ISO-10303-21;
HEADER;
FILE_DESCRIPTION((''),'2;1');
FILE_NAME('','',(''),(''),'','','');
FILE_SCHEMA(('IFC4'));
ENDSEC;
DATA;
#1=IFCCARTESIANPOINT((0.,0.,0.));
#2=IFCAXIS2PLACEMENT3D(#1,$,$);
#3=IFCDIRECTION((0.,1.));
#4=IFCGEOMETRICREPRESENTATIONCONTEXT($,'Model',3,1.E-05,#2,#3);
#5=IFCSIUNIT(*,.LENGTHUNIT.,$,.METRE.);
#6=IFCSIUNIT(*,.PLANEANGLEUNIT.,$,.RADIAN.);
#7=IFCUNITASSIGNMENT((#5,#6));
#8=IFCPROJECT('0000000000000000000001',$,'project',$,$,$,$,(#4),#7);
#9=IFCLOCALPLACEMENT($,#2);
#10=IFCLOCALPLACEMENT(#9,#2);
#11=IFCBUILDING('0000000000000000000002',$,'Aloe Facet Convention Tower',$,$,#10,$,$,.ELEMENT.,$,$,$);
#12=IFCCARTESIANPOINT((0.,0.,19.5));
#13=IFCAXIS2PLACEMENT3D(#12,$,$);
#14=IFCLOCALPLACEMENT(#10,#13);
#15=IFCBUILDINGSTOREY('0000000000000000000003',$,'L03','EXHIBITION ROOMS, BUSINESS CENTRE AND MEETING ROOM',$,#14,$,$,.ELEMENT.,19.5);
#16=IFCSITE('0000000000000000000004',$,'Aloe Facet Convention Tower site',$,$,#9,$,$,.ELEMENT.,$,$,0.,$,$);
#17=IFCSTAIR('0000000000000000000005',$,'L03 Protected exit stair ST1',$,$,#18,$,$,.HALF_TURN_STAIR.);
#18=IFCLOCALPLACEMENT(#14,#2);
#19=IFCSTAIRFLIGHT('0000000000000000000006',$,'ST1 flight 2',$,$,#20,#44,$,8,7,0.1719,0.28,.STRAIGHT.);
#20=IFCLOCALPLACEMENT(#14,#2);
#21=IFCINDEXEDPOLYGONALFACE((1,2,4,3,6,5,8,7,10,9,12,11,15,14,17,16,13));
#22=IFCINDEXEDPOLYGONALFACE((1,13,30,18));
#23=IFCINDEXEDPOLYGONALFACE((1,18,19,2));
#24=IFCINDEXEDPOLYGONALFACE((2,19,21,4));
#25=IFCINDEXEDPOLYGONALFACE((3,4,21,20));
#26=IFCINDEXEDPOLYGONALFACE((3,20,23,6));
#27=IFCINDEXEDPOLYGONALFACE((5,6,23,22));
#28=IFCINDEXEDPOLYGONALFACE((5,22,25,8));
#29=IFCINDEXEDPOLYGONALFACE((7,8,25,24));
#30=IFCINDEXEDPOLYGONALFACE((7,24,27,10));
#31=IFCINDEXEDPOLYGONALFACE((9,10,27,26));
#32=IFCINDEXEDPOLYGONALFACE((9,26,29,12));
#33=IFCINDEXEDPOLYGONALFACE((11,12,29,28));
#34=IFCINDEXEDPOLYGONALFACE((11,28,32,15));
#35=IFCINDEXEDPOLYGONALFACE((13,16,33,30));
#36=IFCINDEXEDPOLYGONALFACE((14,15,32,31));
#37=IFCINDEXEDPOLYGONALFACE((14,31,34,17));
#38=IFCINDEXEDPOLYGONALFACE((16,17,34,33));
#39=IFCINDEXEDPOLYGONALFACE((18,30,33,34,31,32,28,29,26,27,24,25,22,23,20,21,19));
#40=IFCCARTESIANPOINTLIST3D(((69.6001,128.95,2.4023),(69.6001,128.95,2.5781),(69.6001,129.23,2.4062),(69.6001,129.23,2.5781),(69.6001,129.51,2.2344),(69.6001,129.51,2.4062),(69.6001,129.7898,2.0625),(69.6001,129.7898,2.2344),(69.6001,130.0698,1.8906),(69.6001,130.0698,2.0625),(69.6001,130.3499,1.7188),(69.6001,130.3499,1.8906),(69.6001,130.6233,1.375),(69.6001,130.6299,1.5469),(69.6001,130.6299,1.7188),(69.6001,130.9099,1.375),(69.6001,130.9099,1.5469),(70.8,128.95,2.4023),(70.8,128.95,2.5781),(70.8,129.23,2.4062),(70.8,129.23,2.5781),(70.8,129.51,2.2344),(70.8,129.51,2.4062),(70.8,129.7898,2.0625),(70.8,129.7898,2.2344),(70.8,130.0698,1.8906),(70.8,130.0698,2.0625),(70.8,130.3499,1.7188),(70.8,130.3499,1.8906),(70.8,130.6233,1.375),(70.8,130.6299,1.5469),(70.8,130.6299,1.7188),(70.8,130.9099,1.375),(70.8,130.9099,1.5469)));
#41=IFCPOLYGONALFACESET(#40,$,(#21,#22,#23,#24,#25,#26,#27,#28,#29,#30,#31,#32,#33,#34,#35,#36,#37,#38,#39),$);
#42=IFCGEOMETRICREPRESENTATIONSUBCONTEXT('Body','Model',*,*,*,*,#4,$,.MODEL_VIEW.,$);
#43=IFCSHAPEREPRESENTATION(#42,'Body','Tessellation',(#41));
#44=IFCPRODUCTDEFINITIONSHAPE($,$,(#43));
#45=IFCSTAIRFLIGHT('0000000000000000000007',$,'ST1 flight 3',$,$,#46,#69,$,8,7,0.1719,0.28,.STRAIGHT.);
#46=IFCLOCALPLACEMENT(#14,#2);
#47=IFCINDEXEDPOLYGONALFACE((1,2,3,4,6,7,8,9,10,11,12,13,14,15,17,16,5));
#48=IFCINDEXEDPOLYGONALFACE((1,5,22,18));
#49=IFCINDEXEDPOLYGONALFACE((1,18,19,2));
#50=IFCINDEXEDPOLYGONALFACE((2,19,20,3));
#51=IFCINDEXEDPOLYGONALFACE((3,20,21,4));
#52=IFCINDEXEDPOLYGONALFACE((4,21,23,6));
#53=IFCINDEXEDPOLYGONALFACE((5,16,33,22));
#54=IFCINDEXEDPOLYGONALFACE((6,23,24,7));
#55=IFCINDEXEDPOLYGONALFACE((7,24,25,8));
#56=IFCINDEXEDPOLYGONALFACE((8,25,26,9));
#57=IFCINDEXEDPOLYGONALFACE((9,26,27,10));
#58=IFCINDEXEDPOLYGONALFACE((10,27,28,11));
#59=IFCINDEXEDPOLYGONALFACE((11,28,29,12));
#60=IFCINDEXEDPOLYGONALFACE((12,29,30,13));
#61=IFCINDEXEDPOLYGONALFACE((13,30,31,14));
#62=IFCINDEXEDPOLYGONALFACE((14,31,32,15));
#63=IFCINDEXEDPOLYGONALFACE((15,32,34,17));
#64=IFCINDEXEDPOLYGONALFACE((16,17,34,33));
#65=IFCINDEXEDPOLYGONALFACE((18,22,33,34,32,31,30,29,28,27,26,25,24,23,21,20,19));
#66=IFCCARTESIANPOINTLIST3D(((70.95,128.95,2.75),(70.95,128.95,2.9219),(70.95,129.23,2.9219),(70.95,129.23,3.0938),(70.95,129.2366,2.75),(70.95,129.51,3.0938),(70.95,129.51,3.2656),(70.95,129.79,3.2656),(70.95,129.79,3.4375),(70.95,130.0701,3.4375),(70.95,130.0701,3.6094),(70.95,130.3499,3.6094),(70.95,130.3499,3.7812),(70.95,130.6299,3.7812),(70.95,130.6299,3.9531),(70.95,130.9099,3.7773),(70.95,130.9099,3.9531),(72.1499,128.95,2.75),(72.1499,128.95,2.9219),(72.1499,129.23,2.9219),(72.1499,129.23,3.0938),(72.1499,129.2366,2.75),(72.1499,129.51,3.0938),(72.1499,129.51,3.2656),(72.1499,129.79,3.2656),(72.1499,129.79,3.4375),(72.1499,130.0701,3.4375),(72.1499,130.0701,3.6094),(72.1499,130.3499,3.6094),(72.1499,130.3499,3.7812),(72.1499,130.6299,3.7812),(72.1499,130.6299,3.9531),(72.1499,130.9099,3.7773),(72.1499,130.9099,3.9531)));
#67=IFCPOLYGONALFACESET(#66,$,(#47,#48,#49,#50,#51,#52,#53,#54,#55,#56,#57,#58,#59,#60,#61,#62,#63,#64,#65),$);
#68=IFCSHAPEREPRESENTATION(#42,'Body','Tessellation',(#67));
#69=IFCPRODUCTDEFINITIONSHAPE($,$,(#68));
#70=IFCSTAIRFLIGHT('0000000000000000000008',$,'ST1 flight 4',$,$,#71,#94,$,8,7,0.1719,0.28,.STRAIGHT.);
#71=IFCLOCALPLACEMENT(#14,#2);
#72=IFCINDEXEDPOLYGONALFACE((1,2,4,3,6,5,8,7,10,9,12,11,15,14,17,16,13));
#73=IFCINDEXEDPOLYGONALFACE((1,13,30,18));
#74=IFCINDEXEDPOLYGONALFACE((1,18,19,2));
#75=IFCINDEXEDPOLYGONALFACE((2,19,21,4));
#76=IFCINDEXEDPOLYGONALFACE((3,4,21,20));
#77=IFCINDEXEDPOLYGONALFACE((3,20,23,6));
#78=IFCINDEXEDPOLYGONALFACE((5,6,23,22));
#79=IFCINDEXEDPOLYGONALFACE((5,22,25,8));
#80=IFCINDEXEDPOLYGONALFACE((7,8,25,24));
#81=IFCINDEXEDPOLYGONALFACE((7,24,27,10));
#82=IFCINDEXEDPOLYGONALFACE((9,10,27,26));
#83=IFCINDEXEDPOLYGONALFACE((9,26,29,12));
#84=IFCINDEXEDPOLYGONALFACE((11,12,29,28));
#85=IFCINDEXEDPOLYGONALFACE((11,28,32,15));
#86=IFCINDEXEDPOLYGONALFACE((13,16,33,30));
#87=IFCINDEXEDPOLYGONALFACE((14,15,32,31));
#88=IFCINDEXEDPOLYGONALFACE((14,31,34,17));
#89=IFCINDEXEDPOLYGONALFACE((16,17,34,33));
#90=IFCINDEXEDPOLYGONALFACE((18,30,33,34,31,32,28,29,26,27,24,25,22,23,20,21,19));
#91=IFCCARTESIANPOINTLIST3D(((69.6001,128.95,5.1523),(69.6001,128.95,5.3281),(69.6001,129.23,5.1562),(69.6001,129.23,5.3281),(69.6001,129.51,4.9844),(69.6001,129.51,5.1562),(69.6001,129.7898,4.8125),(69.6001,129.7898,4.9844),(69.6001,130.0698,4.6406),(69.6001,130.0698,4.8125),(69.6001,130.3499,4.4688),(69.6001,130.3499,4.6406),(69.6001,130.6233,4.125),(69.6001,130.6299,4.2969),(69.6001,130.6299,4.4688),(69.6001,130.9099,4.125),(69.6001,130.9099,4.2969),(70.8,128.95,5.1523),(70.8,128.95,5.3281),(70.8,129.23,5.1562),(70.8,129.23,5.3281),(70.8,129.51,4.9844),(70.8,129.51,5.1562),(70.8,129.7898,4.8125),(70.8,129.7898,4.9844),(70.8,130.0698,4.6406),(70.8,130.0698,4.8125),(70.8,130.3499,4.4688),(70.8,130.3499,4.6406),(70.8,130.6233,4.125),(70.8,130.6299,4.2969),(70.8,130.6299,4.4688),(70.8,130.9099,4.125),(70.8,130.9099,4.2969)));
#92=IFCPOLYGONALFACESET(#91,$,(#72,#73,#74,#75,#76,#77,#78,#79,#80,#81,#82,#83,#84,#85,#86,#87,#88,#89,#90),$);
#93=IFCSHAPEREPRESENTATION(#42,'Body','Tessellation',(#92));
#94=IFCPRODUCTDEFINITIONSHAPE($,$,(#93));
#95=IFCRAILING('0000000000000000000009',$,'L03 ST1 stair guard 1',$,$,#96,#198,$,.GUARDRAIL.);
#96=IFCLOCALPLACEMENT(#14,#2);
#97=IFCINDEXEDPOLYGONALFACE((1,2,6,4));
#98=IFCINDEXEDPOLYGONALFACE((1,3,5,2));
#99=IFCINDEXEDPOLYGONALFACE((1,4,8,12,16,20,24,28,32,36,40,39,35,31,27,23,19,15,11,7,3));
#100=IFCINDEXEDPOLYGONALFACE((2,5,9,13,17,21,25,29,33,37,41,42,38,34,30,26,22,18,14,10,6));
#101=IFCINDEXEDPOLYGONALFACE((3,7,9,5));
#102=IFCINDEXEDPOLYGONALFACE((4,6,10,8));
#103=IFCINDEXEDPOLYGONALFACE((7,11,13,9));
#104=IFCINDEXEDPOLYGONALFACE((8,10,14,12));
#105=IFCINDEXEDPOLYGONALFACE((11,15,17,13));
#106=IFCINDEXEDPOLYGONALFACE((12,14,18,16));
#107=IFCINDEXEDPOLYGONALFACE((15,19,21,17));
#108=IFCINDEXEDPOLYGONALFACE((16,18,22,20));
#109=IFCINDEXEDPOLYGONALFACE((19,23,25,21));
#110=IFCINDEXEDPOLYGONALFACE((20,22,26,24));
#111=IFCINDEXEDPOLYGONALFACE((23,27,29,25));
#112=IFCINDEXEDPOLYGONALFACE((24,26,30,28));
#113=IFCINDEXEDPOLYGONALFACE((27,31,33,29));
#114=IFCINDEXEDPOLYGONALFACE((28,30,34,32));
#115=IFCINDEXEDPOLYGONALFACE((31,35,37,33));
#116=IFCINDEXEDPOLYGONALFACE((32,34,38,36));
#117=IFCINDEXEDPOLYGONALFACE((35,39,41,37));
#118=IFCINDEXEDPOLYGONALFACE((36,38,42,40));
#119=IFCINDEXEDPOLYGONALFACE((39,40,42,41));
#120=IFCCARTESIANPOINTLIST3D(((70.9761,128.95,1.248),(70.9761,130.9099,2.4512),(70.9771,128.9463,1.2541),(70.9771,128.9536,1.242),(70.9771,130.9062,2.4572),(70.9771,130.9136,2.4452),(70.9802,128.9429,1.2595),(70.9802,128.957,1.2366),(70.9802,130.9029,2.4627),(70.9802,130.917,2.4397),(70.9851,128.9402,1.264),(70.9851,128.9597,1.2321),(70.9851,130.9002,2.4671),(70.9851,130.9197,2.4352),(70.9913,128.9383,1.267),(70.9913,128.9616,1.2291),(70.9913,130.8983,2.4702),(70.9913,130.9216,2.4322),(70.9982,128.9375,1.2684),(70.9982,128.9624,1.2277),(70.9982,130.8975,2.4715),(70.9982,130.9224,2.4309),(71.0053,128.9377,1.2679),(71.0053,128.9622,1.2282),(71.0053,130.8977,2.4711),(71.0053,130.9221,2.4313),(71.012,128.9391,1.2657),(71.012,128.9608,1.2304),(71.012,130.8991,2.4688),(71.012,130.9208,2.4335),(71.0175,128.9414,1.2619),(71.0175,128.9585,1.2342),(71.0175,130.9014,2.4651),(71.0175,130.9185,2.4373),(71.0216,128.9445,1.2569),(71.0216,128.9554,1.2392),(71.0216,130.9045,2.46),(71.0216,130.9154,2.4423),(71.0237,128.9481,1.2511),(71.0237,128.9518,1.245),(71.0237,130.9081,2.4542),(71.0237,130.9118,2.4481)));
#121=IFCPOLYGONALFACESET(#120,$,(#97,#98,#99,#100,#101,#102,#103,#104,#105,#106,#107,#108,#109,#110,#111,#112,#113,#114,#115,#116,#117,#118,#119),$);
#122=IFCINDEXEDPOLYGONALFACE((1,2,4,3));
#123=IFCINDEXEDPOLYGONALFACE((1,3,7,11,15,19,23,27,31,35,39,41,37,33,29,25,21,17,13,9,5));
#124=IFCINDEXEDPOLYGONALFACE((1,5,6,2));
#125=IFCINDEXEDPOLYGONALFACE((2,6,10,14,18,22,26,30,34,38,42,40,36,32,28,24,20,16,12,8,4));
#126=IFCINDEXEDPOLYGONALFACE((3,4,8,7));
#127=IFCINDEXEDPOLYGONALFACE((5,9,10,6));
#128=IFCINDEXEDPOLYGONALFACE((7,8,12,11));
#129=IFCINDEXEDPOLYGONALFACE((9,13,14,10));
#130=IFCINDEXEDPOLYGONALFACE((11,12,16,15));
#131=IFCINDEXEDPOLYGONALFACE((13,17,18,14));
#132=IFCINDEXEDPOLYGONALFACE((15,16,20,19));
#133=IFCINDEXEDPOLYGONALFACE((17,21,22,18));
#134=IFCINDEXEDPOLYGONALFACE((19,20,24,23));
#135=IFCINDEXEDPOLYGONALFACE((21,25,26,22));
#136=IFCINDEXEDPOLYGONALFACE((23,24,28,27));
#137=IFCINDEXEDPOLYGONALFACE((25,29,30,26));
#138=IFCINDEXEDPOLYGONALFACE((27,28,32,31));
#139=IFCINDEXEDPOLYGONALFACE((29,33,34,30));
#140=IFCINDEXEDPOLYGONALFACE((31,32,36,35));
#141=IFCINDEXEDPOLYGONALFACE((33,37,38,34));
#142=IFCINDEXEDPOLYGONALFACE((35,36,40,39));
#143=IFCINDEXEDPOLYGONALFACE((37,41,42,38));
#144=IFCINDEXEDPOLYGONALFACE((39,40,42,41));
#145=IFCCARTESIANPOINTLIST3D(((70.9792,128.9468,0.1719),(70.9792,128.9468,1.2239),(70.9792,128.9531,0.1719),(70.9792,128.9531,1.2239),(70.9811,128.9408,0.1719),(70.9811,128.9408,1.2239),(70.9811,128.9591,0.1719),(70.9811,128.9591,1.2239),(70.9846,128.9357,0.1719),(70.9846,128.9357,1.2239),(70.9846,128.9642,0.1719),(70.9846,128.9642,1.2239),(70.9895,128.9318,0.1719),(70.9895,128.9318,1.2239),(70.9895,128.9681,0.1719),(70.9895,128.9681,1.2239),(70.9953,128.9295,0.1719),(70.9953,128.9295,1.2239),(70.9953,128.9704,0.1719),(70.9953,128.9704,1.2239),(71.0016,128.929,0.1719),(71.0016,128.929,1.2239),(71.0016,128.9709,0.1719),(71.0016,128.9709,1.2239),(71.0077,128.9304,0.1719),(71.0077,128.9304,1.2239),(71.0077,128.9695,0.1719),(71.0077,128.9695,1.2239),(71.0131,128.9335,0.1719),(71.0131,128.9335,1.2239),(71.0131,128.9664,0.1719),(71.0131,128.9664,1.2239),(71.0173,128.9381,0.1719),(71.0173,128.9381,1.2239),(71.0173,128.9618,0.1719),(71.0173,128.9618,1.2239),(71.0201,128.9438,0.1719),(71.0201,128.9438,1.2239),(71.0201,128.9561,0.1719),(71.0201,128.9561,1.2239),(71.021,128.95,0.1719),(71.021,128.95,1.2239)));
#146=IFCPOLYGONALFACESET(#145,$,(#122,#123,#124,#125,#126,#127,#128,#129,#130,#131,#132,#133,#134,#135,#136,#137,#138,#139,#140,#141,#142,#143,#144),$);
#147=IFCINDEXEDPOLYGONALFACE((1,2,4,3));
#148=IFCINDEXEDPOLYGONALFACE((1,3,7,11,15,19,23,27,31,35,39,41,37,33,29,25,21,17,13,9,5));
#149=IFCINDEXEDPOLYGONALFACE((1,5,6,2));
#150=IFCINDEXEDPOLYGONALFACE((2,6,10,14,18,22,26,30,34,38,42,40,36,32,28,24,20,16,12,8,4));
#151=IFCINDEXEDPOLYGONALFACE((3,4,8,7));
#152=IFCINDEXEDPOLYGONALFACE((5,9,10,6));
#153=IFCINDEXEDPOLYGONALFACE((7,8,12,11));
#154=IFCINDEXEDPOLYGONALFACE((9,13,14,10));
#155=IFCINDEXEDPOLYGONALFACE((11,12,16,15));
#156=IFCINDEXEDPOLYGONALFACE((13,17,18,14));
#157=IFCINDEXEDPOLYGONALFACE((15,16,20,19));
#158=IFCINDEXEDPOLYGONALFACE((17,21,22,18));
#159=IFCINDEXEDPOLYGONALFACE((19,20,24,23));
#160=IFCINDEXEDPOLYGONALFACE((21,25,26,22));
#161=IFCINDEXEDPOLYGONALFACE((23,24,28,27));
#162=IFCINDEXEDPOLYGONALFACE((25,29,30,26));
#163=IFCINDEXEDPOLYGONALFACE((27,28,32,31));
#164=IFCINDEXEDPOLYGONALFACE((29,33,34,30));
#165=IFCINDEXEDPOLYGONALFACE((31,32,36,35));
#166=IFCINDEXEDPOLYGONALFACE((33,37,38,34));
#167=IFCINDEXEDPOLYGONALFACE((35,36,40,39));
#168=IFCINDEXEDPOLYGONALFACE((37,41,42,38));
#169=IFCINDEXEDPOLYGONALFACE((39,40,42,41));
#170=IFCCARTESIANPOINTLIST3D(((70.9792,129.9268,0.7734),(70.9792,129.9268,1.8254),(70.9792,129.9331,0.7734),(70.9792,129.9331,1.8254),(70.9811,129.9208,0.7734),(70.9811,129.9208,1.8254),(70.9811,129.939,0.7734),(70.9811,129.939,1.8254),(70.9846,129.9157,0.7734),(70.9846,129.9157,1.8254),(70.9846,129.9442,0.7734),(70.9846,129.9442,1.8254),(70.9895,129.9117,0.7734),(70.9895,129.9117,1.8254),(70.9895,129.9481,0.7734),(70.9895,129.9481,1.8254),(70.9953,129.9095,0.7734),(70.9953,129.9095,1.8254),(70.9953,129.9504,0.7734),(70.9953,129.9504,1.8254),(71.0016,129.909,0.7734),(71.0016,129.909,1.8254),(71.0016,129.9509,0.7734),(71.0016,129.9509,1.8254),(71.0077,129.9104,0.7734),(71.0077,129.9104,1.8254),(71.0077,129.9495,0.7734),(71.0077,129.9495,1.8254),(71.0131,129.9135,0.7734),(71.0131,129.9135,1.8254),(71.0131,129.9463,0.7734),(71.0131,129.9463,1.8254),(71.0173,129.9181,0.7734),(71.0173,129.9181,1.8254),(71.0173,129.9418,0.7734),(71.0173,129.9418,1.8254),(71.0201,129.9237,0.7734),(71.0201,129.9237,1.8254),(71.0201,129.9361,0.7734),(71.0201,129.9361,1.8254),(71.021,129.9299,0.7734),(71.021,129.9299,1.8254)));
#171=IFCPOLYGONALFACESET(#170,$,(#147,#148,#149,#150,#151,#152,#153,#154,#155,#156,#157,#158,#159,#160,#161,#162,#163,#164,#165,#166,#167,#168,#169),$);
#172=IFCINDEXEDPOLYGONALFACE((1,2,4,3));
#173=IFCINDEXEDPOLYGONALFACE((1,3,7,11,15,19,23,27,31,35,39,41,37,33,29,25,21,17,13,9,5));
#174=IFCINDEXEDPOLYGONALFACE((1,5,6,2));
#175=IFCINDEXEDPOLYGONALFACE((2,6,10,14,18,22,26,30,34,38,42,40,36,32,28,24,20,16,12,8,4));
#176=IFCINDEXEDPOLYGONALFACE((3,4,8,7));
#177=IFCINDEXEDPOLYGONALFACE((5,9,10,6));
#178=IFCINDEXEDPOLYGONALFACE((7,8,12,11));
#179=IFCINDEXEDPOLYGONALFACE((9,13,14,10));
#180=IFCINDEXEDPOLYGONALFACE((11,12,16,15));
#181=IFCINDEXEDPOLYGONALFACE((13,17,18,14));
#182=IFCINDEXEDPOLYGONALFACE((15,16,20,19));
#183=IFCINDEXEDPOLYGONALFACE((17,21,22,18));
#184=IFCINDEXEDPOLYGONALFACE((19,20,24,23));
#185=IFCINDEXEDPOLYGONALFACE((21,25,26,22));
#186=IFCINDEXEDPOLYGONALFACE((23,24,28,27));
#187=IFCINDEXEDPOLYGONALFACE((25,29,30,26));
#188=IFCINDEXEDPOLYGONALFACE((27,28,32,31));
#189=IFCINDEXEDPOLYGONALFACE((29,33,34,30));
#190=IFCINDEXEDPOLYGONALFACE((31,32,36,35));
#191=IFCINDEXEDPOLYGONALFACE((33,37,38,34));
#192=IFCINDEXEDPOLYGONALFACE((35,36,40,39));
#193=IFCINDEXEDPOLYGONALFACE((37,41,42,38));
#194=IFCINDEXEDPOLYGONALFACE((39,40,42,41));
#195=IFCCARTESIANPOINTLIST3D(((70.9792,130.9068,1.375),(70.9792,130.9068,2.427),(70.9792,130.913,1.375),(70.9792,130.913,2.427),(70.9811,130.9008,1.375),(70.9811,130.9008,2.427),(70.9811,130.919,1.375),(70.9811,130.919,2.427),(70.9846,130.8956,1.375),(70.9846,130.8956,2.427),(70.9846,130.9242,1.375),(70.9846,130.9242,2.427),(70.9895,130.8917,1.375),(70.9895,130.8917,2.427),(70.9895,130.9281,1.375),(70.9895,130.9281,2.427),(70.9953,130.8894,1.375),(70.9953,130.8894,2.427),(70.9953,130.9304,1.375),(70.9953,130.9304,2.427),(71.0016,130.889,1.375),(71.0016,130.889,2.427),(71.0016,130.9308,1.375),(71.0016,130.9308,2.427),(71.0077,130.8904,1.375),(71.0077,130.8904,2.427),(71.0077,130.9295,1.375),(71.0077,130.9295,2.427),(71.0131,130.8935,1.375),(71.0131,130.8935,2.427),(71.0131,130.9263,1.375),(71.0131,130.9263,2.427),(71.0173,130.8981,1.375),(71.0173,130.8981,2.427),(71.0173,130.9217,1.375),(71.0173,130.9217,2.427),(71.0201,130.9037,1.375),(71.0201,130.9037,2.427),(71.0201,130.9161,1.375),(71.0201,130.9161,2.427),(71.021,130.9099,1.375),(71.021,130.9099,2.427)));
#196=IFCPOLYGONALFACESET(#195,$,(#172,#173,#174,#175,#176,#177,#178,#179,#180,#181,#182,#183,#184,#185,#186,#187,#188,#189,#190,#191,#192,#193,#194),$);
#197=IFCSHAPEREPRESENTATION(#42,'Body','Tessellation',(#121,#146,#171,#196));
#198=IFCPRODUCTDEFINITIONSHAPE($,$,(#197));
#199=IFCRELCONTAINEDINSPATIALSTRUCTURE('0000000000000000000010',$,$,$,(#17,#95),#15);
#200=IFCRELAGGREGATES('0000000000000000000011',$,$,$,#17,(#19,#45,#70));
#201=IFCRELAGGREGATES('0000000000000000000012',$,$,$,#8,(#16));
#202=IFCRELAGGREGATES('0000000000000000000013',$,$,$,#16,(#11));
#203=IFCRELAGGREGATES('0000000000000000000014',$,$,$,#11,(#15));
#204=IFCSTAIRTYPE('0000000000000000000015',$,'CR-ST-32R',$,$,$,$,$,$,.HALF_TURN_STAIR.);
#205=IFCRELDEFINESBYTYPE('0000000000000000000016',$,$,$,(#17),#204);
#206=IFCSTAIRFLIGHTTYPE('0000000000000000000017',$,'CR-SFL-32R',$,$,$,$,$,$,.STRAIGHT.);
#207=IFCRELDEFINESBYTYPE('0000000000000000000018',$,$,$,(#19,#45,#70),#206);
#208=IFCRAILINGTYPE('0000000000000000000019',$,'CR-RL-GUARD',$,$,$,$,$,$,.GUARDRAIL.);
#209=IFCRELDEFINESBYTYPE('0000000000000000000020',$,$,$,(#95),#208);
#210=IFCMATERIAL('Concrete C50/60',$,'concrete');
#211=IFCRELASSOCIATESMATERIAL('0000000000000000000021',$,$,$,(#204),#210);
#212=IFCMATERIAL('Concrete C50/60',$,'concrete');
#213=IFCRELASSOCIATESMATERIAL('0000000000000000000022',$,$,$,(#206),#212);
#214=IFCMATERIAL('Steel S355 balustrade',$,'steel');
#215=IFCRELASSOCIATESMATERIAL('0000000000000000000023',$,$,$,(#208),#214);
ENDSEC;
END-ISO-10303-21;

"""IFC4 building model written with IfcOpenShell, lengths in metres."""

from ifc_helpers import new_model, si_unit, direction, frame, origin, origin_2d, place, context, subcontext, project, spatial, polyline, circle, outline, extrude, material, type_object, element, aggregate, save


model = new_model("IFC4")

# Units and contexts
model_context = context("Model", 3, precision=1e-05, world=origin(), true_north=direction((0.0, 1.0)))
body_context = subcontext(model_context, "Body", "Model", "MODEL_VIEW")
ifc_project = project(units=[si_unit("LENGTHUNIT", "METRE"), si_unit("PLANEANGLEUNIT", "RADIAN")], contexts=[model_context])

# Site, building, storey
site_placement = place(None, origin())
site = spatial("IfcSite", under=ifc_project, at=site_placement, Name="Aloe Facet Convention Tower site", CompositionType="ELEMENT", RefElevation=0.0)
building_placement = place(site_placement, origin())
building = spatial("IfcBuilding", under=site, at=building_placement, Name="Aloe Facet Convention Tower", CompositionType="ELEMENT")
storey_placement = place(building_placement, frame((0.0, 0.0, 19.5)))
storey = spatial("IfcBuildingStorey", under=building, at=storey_placement, Name="L03", Description="EXHIBITION ROOMS, BUSINESS CENTRE AND MEETING ROOM", CompositionType="ELEMENT", Elevation=19.5)

# Stair, stair flights
ifc_material_1 = material(Name="Concrete C50/60", Category="concrete")
stair_type = type_object("IfcStairType", Name="CR-ST-32R", PredefinedType="HALF_TURN_STAIR", material=ifc_material_1)
stair_placement = place(storey_placement, origin())
stair = element("IfcStair", 1, at=stair_placement, inside=storey, type_object=stair_type, Name="L03 Protected exit stair ST1", PredefinedType="HALF_TURN_STAIR")
ifc_material_2 = material(Name="Concrete C50/60", Category="concrete")
stair_flight_type = type_object("IfcStairFlightType", Name="CR-SFL-32R", PredefinedType="STRAIGHT", material=ifc_material_2)
stair_flight_1_placement = place(storey_placement, frame((70.2, 130.9099, 1.375), z_axis=(0.0, 0.0, 1.0), x_axis=(0.0, -1.0, 0.0)))
stair_flight_1 = element("IfcStairFlight", 2, at=stair_flight_1_placement, type_object=stair_flight_type, Name="ST1 flight 2", NumberOfRisers=8, NumberOfTreads=7, PredefinedType="STRAIGHT", RiserHeight=0.1719, TreadLength=0.28, context=body_context, shape_type="SweptSolid", body=[
    extrude(outline(polyline([(0.0, 0.0), (0.0, 0.1719), (0.28, 0.1719), (0.28, 0.3438), (0.5601, 0.3438), (0.5601, 0.5156), (0.8401, 0.5156), (0.8401, 0.6875), (1.1201, 0.6875), (1.1201, 0.8594), (1.3999, 0.8594), (1.3999, 1.0312), (1.6799, 1.0312), (1.6799, 1.2031), (1.96, 1.2031), (1.96, 1.375), (1.96, 1.0273), (0.2866, 0.0), (0.0, 0.0)])), frame((0.0, 0.6001, 0.0), z_axis=(0.0, -1.0, 0.0), x_axis=(1.0, 0.0, 0.0)), (0.0, 0.0, 1.0), 1.2),
])
stair_flight_2_placement = place(storey_placement, frame((71.55, 128.95, 2.75), z_axis=(0.0, 0.0, 1.0), x_axis=(0.0, 1.0, 0.0)))
stair_flight_2 = element("IfcStairFlight", 3, at=stair_flight_2_placement, type_object=stair_flight_type, Name="ST1 flight 3", NumberOfRisers=8, NumberOfTreads=7, PredefinedType="STRAIGHT", RiserHeight=0.1719, TreadLength=0.28, context=body_context, shape_type="SweptSolid", body=[
    extrude(outline(polyline([(0.0, 0.0), (0.0, 0.1719), (0.28, 0.1719), (0.28, 0.3438), (0.5601, 0.3438), (0.5601, 0.5156), (0.8401, 0.5156), (0.8401, 0.6875), (1.1201, 0.6875), (1.1201, 0.8594), (1.3999, 0.8594), (1.3999, 1.0312), (1.6799, 1.0312), (1.6799, 1.2031), (1.96, 1.2031), (1.96, 1.375), (1.96, 1.0273), (0.2866, 0.0), (0.0, 0.0)])), frame((0.0, 0.6001, 0.0), z_axis=(0.0, -1.0, 0.0), x_axis=(1.0, 0.0, 0.0)), (0.0, 0.0, 1.0), 1.2),
])
stair_flight_3_placement = place(storey_placement, frame((70.2, 130.9099, 4.125), z_axis=(0.0, 0.0, 1.0), x_axis=(0.0, -1.0, 0.0)))
stair_flight_3 = element("IfcStairFlight", 4, at=stair_flight_3_placement, type_object=stair_flight_type, Name="ST1 flight 4", NumberOfRisers=8, NumberOfTreads=7, PredefinedType="STRAIGHT", RiserHeight=0.1719, TreadLength=0.28, context=body_context, shape_type="SweptSolid", body=[
    extrude(outline(polyline([(0.0, 0.0), (0.0, 0.1719), (0.28, 0.1719), (0.28, 0.3438), (0.5601, 0.3438), (0.5601, 0.5156), (0.8401, 0.5156), (0.8401, 0.6875), (1.1201, 0.6875), (1.1201, 0.8594), (1.3999, 0.8594), (1.3999, 1.0312), (1.6799, 1.0312), (1.6799, 1.2031), (1.96, 1.2031), (1.96, 1.375), (1.96, 1.0273), (0.2866, 0.0), (0.0, 0.0)])), frame((0.0, 0.6001, 0.0), z_axis=(0.0, -1.0, 0.0), x_axis=(1.0, 0.0, 0.0)), (0.0, 0.0, 1.0), 1.2),
])
aggregate(stair, [stair_flight_1, stair_flight_2, stair_flight_3])

# Railing
ifc_material_3 = material(Name="Steel S355 balustrade", Category="steel")
railing_type_1 = type_object("IfcRailingType", Name="CR-RL-GUARD", PredefinedType="GUARDRAIL", material=ifc_material_3)
railing_1_placement = place(storey_placement, frame((71.0, 128.95, 0.1719)))
element("IfcRailing", 5, at=railing_1_placement, inside=storey, type_object=railing_type_1, Name="L03 ST1 stair guard 1", PredefinedType="GUARDRAIL", context=body_context, shape_type="SweptSolid", body=[
    extrude(circle(Radius=0.0239, at=origin_2d()), frame((0.0, 0.0, 1.0762), z_axis=(0.0, 0.852241, 0.523149), x_axis=(-1.0, 0.0, 0.0)), (0.0, 0.0, 1.0), 2.2998),
    extrude(circle(Radius=0.021, at=origin_2d()), origin(), (0.0, 0.0, 1.0), 1.052),
    extrude(circle(Radius=0.021, at=origin_2d()), frame((0.0, 0.98, 0.6016)), (0.0, 0.0, 1.0), 1.052),
    extrude(circle(Radius=0.021, at=origin_2d()), frame((0.0, 1.96, 1.2031)), (0.0, 0.0, 1.0), 1.052),
])

save(model, "model.ifc")
